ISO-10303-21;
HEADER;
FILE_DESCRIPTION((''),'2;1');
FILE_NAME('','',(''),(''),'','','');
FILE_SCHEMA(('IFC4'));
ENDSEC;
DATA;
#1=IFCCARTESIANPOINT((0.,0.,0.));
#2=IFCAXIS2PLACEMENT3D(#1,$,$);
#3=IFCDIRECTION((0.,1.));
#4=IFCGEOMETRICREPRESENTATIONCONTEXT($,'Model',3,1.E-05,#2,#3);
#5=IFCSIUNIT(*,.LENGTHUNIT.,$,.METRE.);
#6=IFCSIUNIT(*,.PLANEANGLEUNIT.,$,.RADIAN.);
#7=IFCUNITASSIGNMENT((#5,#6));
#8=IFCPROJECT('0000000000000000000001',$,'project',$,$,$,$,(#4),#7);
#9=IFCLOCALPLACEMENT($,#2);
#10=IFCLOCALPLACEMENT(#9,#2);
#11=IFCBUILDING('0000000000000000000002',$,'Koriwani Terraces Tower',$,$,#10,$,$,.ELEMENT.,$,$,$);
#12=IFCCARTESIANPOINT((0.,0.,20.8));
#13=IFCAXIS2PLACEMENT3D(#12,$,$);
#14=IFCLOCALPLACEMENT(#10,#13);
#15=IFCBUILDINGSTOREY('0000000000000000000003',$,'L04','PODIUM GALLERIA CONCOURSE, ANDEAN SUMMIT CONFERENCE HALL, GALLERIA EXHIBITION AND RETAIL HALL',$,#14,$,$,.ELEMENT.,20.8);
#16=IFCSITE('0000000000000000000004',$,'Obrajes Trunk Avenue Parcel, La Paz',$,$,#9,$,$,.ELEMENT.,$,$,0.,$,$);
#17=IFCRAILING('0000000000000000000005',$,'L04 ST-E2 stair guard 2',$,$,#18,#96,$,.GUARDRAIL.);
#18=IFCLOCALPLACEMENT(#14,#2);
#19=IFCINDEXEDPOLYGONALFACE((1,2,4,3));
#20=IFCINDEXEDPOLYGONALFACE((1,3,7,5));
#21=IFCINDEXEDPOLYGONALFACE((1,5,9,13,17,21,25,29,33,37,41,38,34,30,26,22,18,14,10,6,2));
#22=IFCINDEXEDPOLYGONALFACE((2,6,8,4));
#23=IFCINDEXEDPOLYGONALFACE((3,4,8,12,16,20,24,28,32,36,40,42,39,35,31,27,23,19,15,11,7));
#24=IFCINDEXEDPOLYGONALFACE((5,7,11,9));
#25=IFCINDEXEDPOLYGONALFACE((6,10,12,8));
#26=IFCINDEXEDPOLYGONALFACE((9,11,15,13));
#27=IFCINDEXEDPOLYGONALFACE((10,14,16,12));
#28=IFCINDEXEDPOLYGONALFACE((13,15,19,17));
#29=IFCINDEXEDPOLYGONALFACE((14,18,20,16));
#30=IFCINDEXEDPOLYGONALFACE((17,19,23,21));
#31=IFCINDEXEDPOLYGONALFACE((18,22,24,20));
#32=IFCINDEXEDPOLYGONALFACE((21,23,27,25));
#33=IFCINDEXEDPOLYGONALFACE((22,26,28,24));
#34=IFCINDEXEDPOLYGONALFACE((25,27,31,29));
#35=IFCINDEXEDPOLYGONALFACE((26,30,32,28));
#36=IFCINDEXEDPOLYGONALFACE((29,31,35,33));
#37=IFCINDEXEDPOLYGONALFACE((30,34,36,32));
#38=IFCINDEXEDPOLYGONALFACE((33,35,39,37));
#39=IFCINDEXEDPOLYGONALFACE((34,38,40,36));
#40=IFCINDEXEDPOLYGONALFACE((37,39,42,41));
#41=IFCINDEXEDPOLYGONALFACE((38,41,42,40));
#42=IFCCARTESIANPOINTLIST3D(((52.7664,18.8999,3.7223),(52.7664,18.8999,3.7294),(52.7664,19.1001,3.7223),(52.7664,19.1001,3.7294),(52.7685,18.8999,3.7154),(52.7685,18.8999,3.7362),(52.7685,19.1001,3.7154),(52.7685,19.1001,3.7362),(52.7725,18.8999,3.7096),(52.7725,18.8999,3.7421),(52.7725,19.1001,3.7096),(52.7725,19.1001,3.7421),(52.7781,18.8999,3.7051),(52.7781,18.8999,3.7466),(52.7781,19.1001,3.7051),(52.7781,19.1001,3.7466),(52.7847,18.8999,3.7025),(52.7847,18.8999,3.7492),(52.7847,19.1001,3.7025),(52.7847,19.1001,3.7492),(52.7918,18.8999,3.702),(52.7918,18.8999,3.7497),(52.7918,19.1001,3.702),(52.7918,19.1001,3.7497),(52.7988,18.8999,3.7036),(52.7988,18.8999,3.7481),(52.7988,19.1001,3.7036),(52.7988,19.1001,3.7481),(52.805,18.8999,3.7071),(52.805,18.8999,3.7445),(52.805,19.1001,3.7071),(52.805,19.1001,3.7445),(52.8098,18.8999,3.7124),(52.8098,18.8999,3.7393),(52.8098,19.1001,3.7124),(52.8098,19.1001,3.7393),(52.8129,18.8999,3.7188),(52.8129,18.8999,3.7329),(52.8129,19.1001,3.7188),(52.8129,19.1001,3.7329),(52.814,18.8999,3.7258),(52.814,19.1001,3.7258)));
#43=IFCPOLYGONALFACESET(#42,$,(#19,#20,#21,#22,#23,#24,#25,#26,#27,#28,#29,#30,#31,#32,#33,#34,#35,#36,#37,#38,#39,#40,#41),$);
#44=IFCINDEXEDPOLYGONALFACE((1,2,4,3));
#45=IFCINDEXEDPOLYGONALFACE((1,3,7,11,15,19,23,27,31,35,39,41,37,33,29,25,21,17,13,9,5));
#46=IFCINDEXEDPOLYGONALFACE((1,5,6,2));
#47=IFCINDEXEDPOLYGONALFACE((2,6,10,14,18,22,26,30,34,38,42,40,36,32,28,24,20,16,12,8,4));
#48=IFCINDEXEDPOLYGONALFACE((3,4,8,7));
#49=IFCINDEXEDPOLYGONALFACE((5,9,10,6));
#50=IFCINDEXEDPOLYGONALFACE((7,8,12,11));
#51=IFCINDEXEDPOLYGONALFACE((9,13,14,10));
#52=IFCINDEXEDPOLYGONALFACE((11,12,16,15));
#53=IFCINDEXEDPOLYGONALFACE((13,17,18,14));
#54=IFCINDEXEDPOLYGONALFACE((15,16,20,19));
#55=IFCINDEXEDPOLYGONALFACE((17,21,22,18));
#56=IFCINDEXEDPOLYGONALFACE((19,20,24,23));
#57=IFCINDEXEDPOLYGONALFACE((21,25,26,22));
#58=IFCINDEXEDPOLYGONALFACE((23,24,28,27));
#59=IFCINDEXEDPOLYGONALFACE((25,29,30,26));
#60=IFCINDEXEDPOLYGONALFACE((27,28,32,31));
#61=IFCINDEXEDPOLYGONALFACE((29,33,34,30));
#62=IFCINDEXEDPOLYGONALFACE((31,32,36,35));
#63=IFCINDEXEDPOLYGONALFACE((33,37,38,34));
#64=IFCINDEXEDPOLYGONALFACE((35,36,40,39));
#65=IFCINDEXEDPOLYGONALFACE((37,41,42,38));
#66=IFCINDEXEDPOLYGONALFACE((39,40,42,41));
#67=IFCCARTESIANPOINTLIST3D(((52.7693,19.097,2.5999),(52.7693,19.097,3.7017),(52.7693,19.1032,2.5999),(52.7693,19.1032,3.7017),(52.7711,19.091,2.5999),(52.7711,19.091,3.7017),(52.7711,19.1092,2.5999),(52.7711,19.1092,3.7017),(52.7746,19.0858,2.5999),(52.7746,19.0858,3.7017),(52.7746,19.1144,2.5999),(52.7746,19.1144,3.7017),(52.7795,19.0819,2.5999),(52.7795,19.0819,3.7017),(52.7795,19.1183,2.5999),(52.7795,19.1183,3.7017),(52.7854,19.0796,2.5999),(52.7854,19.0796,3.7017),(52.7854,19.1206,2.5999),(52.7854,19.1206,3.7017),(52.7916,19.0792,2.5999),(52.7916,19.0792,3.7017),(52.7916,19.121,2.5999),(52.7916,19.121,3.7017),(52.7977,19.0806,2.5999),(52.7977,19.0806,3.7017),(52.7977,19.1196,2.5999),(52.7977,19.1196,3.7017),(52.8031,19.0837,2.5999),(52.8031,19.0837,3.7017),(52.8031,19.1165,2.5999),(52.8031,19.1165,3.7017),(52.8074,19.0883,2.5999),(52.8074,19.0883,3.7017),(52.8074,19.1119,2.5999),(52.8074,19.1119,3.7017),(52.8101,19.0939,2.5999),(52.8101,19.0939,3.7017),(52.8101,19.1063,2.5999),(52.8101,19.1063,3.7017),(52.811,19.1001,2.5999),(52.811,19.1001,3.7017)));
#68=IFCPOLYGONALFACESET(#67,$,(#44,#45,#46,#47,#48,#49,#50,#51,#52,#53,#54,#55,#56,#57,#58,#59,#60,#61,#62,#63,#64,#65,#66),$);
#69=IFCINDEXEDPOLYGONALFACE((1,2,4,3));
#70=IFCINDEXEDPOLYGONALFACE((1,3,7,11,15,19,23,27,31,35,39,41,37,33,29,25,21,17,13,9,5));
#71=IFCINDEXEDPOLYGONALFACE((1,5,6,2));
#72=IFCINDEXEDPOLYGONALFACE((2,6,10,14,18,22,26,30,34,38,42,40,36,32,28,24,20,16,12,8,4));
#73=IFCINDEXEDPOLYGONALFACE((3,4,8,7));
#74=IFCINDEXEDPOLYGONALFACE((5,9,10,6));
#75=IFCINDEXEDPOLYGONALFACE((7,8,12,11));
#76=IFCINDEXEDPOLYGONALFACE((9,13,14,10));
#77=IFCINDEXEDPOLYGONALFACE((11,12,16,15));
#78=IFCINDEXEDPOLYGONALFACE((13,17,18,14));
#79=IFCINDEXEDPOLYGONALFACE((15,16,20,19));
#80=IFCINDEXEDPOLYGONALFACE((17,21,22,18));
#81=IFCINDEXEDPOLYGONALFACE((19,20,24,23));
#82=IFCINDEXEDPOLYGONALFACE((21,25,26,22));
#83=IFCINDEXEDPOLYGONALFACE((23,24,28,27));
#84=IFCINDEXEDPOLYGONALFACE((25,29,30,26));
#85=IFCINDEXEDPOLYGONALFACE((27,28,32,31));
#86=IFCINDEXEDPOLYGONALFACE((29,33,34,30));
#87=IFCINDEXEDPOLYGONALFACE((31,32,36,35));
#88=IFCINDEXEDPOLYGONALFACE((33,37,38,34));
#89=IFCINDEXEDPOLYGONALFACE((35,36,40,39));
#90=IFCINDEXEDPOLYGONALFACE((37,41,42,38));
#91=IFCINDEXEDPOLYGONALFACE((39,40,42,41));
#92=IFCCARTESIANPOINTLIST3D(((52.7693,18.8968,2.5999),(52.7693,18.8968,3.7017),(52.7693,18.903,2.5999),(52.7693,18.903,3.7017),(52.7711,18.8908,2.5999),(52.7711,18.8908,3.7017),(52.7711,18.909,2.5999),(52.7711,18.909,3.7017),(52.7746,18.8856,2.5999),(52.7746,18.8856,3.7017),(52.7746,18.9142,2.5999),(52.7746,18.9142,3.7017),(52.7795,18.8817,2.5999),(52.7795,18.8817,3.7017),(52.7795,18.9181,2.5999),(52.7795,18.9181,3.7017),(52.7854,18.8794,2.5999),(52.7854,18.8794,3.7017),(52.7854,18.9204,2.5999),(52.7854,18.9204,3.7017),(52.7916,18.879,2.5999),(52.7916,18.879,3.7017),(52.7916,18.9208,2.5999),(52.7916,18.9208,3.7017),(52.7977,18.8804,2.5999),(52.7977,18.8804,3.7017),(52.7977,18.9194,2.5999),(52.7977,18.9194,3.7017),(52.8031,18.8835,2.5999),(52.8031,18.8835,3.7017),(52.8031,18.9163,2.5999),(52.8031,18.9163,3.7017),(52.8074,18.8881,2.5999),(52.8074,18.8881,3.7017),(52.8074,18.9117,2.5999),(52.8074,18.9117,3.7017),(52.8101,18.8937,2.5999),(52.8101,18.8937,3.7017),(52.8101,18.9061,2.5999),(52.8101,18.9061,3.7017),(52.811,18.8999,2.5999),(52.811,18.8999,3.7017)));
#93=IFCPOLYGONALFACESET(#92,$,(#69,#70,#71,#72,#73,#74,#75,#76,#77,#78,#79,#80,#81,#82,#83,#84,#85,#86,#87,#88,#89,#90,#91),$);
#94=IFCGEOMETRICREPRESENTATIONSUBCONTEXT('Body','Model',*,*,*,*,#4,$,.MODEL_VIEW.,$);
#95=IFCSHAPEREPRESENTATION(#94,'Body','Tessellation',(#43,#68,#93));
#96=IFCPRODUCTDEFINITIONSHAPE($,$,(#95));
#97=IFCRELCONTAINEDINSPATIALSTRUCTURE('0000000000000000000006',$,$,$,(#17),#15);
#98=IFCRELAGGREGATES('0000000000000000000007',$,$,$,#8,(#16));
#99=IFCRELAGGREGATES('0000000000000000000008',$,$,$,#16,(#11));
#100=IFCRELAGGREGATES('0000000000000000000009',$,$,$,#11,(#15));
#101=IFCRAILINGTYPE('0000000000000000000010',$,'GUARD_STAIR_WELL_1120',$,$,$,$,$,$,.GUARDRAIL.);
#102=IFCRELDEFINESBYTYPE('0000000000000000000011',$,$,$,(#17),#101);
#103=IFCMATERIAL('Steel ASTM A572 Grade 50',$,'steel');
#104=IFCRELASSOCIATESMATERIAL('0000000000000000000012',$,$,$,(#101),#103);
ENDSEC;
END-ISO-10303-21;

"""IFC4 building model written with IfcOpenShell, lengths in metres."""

from ifc_helpers import new_model, si_unit, direction, frame, origin, origin_2d, place, context, subcontext, project, spatial, circle, extrude, material, type_object, element, save


model = new_model("IFC4")

# Units and contexts
model_context = context("Model", 3, precision=1e-05, world=origin(), true_north=direction((0.0, 1.0)))
body_context = subcontext(model_context, "Body", "Model", "MODEL_VIEW")
ifc_project = project(units=[si_unit("LENGTHUNIT", "METRE"), si_unit("PLANEANGLEUNIT", "RADIAN")], contexts=[model_context])

# Site, building, storey
site_placement = place(None, origin())
site = spatial("IfcSite", under=ifc_project, at=site_placement, Name="Obrajes Trunk Avenue Parcel, La Paz", CompositionType="ELEMENT", RefElevation=0.0)
building_placement = place(site_placement, origin())
building = spatial("IfcBuilding", under=site, at=building_placement, Name="Koriwani Terraces Tower", CompositionType="ELEMENT")
storey_placement = place(building_placement, frame((0.0, 0.0, 20.8)))
storey = spatial("IfcBuildingStorey", under=building, at=storey_placement, Name="L04", Description="PODIUM GALLERIA CONCOURSE, ANDEAN SUMMIT CONFERENCE HALL, GALLERIA EXHIBITION AND RETAIL HALL", CompositionType="ELEMENT", Elevation=20.8)

# Shared definitions
ifc_material_1 = material(Name="Steel ASTM A572 Grade 50", Category="steel")

# Railing
railing_type_1 = type_object("IfcRailingType", Name="GUARD_STAIR_WELL_1120", PredefinedType="GUARDRAIL", material=ifc_material_1)
railing_1_placement = place(storey_placement, frame((52.79, 19.1001, 2.5999)))
element("IfcRailing", 1, at=railing_1_placement, inside=storey, type_object=railing_type_1, Name="L04 ST-E2 stair guard 2", PredefinedType="GUARDRAIL", context=body_context, shape_type="SweptSolid", body=[
    extrude(circle(Radius=0.0239, at=origin_2d()), frame((0.0, 0.0, 1.126), z_axis=(0.0, -1.0, 0.0), x_axis=(1.0, 0.0, 0.0)), (0.0, 0.0, 1.0), 0.2002),
    extrude(circle(Radius=0.021, at=origin_2d()), origin(), (0.0, 0.0, 1.0), 1.1018),
    extrude(circle(Radius=0.021, at=origin_2d()), frame((0.0, -0.2002, 0.0)), (0.0, 0.0, 1.0), 1.1018),
])

save(model, "model.ifc")
